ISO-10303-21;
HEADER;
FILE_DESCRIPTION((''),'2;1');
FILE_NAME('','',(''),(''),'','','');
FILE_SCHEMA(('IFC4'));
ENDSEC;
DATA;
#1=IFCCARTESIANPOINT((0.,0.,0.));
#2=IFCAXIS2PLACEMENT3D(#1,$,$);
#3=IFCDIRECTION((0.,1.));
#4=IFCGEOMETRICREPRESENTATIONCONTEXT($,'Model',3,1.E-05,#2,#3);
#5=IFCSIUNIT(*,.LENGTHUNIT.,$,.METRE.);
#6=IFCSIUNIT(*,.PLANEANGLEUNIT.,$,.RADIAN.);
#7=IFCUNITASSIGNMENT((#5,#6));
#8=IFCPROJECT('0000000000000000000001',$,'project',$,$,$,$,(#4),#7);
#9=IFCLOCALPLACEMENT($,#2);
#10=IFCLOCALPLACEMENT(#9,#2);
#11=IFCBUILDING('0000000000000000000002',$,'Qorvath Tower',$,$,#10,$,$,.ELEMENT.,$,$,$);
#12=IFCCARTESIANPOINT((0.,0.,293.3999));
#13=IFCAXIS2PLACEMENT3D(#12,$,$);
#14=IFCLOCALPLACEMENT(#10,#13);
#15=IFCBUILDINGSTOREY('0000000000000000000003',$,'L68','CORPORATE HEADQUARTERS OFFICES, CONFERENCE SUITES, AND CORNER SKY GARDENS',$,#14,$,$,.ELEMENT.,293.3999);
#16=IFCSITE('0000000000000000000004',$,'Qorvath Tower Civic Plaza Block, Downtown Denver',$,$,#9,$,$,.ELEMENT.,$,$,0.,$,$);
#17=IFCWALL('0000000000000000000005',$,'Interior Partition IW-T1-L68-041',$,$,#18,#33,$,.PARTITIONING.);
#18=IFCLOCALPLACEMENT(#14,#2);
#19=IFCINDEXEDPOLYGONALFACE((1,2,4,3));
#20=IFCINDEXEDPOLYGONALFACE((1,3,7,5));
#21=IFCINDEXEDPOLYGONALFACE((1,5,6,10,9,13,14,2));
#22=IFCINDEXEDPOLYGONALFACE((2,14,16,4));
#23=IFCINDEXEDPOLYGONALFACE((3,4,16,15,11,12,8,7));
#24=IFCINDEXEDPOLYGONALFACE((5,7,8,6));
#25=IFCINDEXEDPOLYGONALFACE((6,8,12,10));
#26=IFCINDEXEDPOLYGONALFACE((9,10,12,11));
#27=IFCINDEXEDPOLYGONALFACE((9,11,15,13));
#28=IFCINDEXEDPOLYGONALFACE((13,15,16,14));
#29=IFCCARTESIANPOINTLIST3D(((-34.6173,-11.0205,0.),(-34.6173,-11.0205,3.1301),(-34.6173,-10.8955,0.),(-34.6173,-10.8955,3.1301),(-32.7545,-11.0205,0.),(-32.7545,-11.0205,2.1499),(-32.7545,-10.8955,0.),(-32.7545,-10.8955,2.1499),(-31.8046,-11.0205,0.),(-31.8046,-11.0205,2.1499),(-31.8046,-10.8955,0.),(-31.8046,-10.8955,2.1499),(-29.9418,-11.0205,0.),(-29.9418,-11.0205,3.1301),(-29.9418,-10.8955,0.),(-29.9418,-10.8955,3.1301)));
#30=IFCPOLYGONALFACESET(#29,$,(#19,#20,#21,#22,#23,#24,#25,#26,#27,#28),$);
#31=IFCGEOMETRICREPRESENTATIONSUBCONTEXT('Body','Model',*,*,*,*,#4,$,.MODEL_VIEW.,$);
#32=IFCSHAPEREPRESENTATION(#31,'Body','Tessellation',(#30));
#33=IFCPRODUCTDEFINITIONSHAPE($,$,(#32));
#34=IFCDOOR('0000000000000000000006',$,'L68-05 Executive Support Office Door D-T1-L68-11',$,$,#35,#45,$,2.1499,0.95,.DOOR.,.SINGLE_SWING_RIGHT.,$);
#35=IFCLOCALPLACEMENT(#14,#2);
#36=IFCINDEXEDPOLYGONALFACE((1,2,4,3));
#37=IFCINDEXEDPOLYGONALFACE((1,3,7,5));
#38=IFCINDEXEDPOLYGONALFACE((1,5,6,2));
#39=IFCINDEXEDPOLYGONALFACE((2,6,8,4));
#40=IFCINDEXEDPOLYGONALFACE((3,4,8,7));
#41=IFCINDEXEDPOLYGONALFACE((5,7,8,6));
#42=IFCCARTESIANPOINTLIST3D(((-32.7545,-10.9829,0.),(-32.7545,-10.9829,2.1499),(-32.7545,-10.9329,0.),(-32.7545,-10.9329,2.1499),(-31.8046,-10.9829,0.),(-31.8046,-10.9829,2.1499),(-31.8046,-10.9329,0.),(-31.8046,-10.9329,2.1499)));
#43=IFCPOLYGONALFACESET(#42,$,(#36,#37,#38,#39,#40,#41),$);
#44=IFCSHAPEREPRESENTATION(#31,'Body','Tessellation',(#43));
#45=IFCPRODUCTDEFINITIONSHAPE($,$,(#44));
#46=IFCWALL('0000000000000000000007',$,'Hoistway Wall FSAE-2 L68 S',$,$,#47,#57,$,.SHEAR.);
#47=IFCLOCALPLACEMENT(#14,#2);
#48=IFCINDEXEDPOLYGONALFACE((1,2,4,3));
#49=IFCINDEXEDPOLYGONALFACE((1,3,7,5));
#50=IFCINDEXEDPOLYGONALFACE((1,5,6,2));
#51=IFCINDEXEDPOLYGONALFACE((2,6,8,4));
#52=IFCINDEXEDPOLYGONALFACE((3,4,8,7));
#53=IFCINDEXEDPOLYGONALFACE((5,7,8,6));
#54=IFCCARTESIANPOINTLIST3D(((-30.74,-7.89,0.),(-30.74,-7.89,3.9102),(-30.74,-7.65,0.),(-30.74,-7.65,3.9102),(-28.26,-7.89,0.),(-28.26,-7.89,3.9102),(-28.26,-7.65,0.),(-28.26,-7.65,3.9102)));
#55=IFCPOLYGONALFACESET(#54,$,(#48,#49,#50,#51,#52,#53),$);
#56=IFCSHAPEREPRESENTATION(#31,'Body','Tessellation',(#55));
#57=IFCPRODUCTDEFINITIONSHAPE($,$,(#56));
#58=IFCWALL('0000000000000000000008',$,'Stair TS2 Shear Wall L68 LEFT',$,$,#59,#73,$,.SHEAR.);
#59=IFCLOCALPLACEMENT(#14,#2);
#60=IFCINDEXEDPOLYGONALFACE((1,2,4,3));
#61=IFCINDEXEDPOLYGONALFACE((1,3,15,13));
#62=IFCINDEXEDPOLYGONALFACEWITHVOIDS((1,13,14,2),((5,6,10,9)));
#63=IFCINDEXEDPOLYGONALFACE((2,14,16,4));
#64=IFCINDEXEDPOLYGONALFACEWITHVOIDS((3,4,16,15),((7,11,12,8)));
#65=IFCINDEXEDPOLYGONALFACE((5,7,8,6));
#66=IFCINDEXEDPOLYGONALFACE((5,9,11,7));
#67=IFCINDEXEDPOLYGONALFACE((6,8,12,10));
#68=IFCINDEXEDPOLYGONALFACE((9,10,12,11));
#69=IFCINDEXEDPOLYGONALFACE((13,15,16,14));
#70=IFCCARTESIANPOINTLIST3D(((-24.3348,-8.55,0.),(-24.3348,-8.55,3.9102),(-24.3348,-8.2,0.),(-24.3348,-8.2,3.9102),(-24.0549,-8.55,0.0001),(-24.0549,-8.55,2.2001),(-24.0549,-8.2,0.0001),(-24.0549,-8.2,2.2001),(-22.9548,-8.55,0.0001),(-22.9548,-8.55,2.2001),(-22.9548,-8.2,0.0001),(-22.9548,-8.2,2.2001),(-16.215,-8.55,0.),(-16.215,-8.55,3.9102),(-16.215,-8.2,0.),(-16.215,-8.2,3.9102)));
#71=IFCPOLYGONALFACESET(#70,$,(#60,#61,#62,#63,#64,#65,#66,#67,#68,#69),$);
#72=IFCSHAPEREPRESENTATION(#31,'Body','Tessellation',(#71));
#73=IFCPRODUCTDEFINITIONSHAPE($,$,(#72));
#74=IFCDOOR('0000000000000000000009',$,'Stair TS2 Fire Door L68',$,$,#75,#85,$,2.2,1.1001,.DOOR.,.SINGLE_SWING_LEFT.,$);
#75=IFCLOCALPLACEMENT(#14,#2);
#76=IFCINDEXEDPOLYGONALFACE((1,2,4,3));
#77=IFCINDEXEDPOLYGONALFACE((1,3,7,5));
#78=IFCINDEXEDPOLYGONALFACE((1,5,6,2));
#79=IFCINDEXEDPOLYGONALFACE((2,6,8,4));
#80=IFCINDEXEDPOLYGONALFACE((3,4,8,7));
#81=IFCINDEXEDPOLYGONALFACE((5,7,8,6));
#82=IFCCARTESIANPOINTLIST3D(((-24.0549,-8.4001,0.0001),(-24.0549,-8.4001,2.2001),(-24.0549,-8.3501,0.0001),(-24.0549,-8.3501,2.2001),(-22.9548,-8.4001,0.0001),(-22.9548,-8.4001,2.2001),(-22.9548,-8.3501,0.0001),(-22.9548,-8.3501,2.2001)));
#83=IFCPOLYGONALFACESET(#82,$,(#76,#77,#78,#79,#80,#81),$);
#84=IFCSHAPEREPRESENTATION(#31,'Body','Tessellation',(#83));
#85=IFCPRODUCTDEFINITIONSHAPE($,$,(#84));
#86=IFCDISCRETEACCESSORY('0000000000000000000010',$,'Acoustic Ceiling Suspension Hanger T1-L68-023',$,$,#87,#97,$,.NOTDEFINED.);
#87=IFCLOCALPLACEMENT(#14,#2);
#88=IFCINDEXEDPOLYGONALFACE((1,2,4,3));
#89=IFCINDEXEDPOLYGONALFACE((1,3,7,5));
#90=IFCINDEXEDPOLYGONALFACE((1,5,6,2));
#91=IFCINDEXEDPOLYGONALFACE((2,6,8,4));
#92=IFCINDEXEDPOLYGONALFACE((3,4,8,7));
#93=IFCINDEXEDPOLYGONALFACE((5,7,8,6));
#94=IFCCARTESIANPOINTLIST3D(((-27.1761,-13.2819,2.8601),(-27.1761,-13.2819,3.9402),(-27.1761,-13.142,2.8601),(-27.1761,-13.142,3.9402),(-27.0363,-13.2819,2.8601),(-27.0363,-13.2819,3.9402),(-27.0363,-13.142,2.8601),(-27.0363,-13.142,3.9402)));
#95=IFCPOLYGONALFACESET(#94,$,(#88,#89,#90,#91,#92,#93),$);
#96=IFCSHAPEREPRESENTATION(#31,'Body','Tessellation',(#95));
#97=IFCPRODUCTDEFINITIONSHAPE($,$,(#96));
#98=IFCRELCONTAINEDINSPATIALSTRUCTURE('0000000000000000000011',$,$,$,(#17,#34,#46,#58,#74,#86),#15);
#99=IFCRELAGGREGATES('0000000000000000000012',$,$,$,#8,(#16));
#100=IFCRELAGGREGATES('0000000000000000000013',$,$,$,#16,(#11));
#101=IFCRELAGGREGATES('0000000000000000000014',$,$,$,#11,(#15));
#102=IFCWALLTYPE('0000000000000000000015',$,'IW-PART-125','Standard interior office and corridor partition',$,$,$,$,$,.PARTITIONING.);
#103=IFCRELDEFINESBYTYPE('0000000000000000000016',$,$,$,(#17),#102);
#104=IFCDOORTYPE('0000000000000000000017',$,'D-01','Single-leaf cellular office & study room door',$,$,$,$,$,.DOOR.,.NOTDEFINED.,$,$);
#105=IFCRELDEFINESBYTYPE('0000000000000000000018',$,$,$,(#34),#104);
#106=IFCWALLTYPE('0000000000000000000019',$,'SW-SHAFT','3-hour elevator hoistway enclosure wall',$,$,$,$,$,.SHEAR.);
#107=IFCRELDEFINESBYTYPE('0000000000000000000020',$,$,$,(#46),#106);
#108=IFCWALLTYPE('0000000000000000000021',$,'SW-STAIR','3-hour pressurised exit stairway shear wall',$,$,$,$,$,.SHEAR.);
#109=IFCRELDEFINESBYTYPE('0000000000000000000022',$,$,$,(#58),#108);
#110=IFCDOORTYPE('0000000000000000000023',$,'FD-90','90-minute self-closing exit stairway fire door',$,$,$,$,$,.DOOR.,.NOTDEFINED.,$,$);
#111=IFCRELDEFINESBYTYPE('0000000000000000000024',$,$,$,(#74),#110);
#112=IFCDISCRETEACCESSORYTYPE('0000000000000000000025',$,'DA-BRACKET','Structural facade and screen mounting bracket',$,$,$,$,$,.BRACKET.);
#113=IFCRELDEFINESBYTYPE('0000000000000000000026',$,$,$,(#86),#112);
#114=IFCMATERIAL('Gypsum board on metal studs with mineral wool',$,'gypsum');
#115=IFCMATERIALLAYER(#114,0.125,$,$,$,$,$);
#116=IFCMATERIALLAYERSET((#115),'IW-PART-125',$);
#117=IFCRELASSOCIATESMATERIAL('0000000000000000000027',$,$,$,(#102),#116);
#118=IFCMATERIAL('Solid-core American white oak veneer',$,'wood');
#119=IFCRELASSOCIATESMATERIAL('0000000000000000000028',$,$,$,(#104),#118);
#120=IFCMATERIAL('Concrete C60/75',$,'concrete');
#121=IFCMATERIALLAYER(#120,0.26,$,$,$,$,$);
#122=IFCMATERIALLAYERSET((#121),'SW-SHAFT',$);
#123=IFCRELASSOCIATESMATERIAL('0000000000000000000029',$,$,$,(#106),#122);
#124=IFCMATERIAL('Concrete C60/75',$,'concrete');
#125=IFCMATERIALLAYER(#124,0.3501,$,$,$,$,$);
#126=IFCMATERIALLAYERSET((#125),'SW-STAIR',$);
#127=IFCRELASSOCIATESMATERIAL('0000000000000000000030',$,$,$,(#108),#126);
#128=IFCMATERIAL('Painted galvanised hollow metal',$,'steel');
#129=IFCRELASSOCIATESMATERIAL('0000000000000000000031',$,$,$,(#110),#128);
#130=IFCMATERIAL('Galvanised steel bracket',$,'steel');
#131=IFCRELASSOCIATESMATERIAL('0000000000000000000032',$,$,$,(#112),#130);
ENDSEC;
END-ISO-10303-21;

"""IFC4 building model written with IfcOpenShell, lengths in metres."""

from ifc_helpers import new_model, si_unit, direction, frame, frame_2d, origin, origin_2d, place, context, subcontext, project, spatial, rectangle, extrude, material, layer, layer_set, type_object, element, fill, save


model = new_model("IFC4")

# Units and contexts
model_context = context("Model", 3, precision=1e-05, world=origin(), true_north=direction((0.0, 1.0)))
body_context = subcontext(model_context, "Body", "Model", "MODEL_VIEW")
ifc_project = project(units=[si_unit("LENGTHUNIT", "METRE"), si_unit("PLANEANGLEUNIT", "RADIAN")], contexts=[model_context])

# Site, building, storey
site_placement = place(None, origin())
site = spatial("IfcSite", under=ifc_project, at=site_placement, Name="Qorvath Tower Civic Plaza Block, Downtown Denver", CompositionType="ELEMENT", RefElevation=0.0)
building_placement = place(site_placement, origin())
building = spatial("IfcBuilding", under=site, at=building_placement, Name="Qorvath Tower", CompositionType="ELEMENT")
storey_placement = place(building_placement, frame((0.0, 0.0, 293.3999)))
storey = spatial("IfcBuildingStorey", under=building, at=storey_placement, Name="L68", Description="CORPORATE HEADQUARTERS OFFICES, CONFERENCE SUITES, AND CORNER SKY GARDENS", CompositionType="ELEMENT", Elevation=293.3999)

# Shared definitions
ifc_material_1 = material(Name="Gypsum board on metal studs with mineral wool", Category="gypsum")
ifc_layer_1 = layer(ifc_material_1, 0.125)
ifc_layer_set_1 = layer_set([ifc_layer_1], Name="IW-PART-125")
wall_type_1 = type_object("IfcWallType", Name="IW-PART-125", Description="Standard interior office and corridor partition", PredefinedType="PARTITIONING", material=ifc_layer_set_1)

# Wall, opening, door
wall_1_placement = place(storey_placement, frame((-29.9417, -10.958, 0.0), z_axis=(0.0, 0.0, 1.0), x_axis=(-1.0, 0.0, 0.0)))
wall_1 = element("IfcWall", 1, at=wall_1_placement, inside=storey, type_object=wall_type_1, Name="Interior Partition IW-T1-L68-041", PredefinedType="PARTITIONING", context=body_context, shape_type="SweptSolid", body=[
    extrude(rectangle(XDim=4.6755, YDim=0.125, at=frame_2d((2.3379, 0.0))), origin(), (0.0, 0.0, 1.0), 3.1301),
])
opening_1_placement = place(wall_1_placement, frame((1.8628, 0.0, 0.0)))
opening_1 = element("IfcOpeningElement", 2, at=opening_1_placement, cuts=wall_1, PredefinedType="OPENING", context=body_context, shape_type="SweptSolid", body=[
    extrude(rectangle(XDim=0.95, YDim=2.1499, at=frame_2d((0.4751, 1.075))), frame((0.0, 0.0725, 0.0), z_axis=(0.0, -1.0, 0.0), x_axis=(1.0, 0.0, 0.0)), (0.0, 0.0, 1.0), 0.145),
])
ifc_material_2 = material(Name="Solid-core American white oak veneer", Category="wood")
door_type_1 = type_object("IfcDoorType", Name="D-01", Description="Single-leaf cellular office & study room door", OperationType="NOTDEFINED", PredefinedType="DOOR", material=ifc_material_2)
door_1_placement = place(opening_1_placement, origin())
door_1 = element("IfcDoor", 3, at=door_1_placement, inside=storey, type_object=door_type_1, Name="L68-05 Executive Support Office Door D-T1-L68-11", OperationType="SINGLE_SWING_RIGHT", OverallHeight=2.1499, OverallWidth=0.95, PredefinedType="DOOR", context=body_context, shape_type="SweptSolid", body=[
    extrude(rectangle(XDim=0.95, YDim=2.1499, at=frame_2d((0.4751, 1.075))), frame((0.0, 0.0249, 0.0), z_axis=(0.0, -1.0, 0.0), x_axis=(1.0, 0.0, 0.0)), (0.0, 0.0, 1.0), 0.05),
])
fill(opening_1, door_1)

# Wall
ifc_material_3 = material(Name="Concrete C60/75", Category="concrete")
ifc_layer_2 = layer(ifc_material_3, 0.26)
ifc_layer_set_2 = layer_set([ifc_layer_2], Name="SW-SHAFT")
wall_type_2 = type_object("IfcWallType", Name="SW-SHAFT", Description="3-hour elevator hoistway enclosure wall", PredefinedType="SHEAR", material=ifc_layer_set_2)
wall_2_placement = place(storey_placement, frame((-28.26, -7.77, 0.0), z_axis=(0.0, 0.0, 1.0), x_axis=(-1.0, 0.0, 0.0)))
element("IfcWall", 4, at=wall_2_placement, inside=storey, type_object=wall_type_2, Name="Hoistway Wall FSAE-2 L68 S", PredefinedType="SHEAR", context=body_context, shape_type="SweptSolid", body=[
    extrude(rectangle(XDim=2.48, YDim=0.24, at=frame_2d((1.24, 0.0))), origin(), (0.0, 0.0, 1.0), 3.9102),
])

# Wall, opening, door
ifc_material_4 = material(Name="Concrete C60/75", Category="concrete")
ifc_layer_3 = layer(ifc_material_4, 0.3501)
ifc_layer_set_3 = layer_set([ifc_layer_3], Name="SW-STAIR")
wall_type_3 = type_object("IfcWallType", Name="SW-STAIR", Description="3-hour pressurised exit stairway shear wall", PredefinedType="SHEAR", material=ifc_layer_set_3)
wall_3_placement = place(storey_placement, frame((-24.335, -8.375, 0.0), z_axis=(0.0, 0.0, 1.0), x_axis=(1.0, 0.0, 0.0)))
wall_3 = element("IfcWall", 5, at=wall_3_placement, inside=storey, type_object=wall_type_3, Name="Stair TS2 Shear Wall L68 LEFT", PredefinedType="SHEAR", context=body_context, shape_type="SweptSolid", body=[
    extrude(rectangle(XDim=8.1199, YDim=0.3501, at=frame_2d((4.0601, 0.0))), origin(), (0.0, 0.0, 1.0), 3.9102),
])
opening_2_placement = place(wall_3_placement, frame((0.28, 0.0, 0.0)))
opening_2 = element("IfcOpeningElement", 6, at=opening_2_placement, cuts=wall_3, PredefinedType="OPENING", context=body_context, shape_type="SweptSolid", body=[
    extrude(rectangle(XDim=1.1001, YDim=2.2, at=frame_2d((0.55, 1.1001))), frame((0.0, 0.1851, 0.0), z_axis=(0.0, -1.0, 0.0), x_axis=(1.0, 0.0, 0.0)), (0.0, 0.0, 1.0), 0.3701),
])
ifc_material_5 = material(Name="Painted galvanised hollow metal", Category="steel")
door_type_2 = type_object("IfcDoorType", Name="FD-90", Description="90-minute self-closing exit stairway fire door", OperationType="NOTDEFINED", PredefinedType="DOOR", material=ifc_material_5)
door_2_placement = place(opening_2_placement, origin())
door_2 = element("IfcDoor", 7, at=door_2_placement, inside=storey, type_object=door_type_2, Name="Stair TS2 Fire Door L68", OperationType="SINGLE_SWING_LEFT", OverallHeight=2.2, OverallWidth=1.1001, PredefinedType="DOOR", context=body_context, shape_type="SweptSolid", body=[
    extrude(rectangle(XDim=1.1001, YDim=2.2, at=frame_2d((0.55, 1.1001))), frame((0.0, 0.0249, 0.0), z_axis=(0.0, -1.0, 0.0), x_axis=(1.0, 0.0, 0.0)), (0.0, 0.0, 1.0), 0.05),
])
fill(opening_2, door_2)

# Discrete accessory
ifc_material_6 = material(Name="Galvanised steel bracket", Category="steel")
discrete_accessory_type = type_object("IfcDiscreteAccessoryType", Name="DA-BRACKET", Description="Structural facade and screen mounting bracket", PredefinedType="BRACKET", material=ifc_material_6)
discrete_accessory_placement = place(storey_placement, frame((-27.1062, -13.2119, 2.8601), z_axis=(0.0, 0.0, 1.0), x_axis=(1.0, 0.0, 0.0)))
element("IfcDiscreteAccessory", 8, at=discrete_accessory_placement, inside=storey, type_object=discrete_accessory_type, Name="Acoustic Ceiling Suspension Hanger T1-L68-023", PredefinedType="NOTDEFINED", context=body_context, shape_type="SweptSolid", body=[
    extrude(rectangle(XDim=0.1399, YDim=0.1399, at=origin_2d()), origin(), (0.0, 0.0, 1.0), 1.0801),
])

save(model, "model.ifc")
